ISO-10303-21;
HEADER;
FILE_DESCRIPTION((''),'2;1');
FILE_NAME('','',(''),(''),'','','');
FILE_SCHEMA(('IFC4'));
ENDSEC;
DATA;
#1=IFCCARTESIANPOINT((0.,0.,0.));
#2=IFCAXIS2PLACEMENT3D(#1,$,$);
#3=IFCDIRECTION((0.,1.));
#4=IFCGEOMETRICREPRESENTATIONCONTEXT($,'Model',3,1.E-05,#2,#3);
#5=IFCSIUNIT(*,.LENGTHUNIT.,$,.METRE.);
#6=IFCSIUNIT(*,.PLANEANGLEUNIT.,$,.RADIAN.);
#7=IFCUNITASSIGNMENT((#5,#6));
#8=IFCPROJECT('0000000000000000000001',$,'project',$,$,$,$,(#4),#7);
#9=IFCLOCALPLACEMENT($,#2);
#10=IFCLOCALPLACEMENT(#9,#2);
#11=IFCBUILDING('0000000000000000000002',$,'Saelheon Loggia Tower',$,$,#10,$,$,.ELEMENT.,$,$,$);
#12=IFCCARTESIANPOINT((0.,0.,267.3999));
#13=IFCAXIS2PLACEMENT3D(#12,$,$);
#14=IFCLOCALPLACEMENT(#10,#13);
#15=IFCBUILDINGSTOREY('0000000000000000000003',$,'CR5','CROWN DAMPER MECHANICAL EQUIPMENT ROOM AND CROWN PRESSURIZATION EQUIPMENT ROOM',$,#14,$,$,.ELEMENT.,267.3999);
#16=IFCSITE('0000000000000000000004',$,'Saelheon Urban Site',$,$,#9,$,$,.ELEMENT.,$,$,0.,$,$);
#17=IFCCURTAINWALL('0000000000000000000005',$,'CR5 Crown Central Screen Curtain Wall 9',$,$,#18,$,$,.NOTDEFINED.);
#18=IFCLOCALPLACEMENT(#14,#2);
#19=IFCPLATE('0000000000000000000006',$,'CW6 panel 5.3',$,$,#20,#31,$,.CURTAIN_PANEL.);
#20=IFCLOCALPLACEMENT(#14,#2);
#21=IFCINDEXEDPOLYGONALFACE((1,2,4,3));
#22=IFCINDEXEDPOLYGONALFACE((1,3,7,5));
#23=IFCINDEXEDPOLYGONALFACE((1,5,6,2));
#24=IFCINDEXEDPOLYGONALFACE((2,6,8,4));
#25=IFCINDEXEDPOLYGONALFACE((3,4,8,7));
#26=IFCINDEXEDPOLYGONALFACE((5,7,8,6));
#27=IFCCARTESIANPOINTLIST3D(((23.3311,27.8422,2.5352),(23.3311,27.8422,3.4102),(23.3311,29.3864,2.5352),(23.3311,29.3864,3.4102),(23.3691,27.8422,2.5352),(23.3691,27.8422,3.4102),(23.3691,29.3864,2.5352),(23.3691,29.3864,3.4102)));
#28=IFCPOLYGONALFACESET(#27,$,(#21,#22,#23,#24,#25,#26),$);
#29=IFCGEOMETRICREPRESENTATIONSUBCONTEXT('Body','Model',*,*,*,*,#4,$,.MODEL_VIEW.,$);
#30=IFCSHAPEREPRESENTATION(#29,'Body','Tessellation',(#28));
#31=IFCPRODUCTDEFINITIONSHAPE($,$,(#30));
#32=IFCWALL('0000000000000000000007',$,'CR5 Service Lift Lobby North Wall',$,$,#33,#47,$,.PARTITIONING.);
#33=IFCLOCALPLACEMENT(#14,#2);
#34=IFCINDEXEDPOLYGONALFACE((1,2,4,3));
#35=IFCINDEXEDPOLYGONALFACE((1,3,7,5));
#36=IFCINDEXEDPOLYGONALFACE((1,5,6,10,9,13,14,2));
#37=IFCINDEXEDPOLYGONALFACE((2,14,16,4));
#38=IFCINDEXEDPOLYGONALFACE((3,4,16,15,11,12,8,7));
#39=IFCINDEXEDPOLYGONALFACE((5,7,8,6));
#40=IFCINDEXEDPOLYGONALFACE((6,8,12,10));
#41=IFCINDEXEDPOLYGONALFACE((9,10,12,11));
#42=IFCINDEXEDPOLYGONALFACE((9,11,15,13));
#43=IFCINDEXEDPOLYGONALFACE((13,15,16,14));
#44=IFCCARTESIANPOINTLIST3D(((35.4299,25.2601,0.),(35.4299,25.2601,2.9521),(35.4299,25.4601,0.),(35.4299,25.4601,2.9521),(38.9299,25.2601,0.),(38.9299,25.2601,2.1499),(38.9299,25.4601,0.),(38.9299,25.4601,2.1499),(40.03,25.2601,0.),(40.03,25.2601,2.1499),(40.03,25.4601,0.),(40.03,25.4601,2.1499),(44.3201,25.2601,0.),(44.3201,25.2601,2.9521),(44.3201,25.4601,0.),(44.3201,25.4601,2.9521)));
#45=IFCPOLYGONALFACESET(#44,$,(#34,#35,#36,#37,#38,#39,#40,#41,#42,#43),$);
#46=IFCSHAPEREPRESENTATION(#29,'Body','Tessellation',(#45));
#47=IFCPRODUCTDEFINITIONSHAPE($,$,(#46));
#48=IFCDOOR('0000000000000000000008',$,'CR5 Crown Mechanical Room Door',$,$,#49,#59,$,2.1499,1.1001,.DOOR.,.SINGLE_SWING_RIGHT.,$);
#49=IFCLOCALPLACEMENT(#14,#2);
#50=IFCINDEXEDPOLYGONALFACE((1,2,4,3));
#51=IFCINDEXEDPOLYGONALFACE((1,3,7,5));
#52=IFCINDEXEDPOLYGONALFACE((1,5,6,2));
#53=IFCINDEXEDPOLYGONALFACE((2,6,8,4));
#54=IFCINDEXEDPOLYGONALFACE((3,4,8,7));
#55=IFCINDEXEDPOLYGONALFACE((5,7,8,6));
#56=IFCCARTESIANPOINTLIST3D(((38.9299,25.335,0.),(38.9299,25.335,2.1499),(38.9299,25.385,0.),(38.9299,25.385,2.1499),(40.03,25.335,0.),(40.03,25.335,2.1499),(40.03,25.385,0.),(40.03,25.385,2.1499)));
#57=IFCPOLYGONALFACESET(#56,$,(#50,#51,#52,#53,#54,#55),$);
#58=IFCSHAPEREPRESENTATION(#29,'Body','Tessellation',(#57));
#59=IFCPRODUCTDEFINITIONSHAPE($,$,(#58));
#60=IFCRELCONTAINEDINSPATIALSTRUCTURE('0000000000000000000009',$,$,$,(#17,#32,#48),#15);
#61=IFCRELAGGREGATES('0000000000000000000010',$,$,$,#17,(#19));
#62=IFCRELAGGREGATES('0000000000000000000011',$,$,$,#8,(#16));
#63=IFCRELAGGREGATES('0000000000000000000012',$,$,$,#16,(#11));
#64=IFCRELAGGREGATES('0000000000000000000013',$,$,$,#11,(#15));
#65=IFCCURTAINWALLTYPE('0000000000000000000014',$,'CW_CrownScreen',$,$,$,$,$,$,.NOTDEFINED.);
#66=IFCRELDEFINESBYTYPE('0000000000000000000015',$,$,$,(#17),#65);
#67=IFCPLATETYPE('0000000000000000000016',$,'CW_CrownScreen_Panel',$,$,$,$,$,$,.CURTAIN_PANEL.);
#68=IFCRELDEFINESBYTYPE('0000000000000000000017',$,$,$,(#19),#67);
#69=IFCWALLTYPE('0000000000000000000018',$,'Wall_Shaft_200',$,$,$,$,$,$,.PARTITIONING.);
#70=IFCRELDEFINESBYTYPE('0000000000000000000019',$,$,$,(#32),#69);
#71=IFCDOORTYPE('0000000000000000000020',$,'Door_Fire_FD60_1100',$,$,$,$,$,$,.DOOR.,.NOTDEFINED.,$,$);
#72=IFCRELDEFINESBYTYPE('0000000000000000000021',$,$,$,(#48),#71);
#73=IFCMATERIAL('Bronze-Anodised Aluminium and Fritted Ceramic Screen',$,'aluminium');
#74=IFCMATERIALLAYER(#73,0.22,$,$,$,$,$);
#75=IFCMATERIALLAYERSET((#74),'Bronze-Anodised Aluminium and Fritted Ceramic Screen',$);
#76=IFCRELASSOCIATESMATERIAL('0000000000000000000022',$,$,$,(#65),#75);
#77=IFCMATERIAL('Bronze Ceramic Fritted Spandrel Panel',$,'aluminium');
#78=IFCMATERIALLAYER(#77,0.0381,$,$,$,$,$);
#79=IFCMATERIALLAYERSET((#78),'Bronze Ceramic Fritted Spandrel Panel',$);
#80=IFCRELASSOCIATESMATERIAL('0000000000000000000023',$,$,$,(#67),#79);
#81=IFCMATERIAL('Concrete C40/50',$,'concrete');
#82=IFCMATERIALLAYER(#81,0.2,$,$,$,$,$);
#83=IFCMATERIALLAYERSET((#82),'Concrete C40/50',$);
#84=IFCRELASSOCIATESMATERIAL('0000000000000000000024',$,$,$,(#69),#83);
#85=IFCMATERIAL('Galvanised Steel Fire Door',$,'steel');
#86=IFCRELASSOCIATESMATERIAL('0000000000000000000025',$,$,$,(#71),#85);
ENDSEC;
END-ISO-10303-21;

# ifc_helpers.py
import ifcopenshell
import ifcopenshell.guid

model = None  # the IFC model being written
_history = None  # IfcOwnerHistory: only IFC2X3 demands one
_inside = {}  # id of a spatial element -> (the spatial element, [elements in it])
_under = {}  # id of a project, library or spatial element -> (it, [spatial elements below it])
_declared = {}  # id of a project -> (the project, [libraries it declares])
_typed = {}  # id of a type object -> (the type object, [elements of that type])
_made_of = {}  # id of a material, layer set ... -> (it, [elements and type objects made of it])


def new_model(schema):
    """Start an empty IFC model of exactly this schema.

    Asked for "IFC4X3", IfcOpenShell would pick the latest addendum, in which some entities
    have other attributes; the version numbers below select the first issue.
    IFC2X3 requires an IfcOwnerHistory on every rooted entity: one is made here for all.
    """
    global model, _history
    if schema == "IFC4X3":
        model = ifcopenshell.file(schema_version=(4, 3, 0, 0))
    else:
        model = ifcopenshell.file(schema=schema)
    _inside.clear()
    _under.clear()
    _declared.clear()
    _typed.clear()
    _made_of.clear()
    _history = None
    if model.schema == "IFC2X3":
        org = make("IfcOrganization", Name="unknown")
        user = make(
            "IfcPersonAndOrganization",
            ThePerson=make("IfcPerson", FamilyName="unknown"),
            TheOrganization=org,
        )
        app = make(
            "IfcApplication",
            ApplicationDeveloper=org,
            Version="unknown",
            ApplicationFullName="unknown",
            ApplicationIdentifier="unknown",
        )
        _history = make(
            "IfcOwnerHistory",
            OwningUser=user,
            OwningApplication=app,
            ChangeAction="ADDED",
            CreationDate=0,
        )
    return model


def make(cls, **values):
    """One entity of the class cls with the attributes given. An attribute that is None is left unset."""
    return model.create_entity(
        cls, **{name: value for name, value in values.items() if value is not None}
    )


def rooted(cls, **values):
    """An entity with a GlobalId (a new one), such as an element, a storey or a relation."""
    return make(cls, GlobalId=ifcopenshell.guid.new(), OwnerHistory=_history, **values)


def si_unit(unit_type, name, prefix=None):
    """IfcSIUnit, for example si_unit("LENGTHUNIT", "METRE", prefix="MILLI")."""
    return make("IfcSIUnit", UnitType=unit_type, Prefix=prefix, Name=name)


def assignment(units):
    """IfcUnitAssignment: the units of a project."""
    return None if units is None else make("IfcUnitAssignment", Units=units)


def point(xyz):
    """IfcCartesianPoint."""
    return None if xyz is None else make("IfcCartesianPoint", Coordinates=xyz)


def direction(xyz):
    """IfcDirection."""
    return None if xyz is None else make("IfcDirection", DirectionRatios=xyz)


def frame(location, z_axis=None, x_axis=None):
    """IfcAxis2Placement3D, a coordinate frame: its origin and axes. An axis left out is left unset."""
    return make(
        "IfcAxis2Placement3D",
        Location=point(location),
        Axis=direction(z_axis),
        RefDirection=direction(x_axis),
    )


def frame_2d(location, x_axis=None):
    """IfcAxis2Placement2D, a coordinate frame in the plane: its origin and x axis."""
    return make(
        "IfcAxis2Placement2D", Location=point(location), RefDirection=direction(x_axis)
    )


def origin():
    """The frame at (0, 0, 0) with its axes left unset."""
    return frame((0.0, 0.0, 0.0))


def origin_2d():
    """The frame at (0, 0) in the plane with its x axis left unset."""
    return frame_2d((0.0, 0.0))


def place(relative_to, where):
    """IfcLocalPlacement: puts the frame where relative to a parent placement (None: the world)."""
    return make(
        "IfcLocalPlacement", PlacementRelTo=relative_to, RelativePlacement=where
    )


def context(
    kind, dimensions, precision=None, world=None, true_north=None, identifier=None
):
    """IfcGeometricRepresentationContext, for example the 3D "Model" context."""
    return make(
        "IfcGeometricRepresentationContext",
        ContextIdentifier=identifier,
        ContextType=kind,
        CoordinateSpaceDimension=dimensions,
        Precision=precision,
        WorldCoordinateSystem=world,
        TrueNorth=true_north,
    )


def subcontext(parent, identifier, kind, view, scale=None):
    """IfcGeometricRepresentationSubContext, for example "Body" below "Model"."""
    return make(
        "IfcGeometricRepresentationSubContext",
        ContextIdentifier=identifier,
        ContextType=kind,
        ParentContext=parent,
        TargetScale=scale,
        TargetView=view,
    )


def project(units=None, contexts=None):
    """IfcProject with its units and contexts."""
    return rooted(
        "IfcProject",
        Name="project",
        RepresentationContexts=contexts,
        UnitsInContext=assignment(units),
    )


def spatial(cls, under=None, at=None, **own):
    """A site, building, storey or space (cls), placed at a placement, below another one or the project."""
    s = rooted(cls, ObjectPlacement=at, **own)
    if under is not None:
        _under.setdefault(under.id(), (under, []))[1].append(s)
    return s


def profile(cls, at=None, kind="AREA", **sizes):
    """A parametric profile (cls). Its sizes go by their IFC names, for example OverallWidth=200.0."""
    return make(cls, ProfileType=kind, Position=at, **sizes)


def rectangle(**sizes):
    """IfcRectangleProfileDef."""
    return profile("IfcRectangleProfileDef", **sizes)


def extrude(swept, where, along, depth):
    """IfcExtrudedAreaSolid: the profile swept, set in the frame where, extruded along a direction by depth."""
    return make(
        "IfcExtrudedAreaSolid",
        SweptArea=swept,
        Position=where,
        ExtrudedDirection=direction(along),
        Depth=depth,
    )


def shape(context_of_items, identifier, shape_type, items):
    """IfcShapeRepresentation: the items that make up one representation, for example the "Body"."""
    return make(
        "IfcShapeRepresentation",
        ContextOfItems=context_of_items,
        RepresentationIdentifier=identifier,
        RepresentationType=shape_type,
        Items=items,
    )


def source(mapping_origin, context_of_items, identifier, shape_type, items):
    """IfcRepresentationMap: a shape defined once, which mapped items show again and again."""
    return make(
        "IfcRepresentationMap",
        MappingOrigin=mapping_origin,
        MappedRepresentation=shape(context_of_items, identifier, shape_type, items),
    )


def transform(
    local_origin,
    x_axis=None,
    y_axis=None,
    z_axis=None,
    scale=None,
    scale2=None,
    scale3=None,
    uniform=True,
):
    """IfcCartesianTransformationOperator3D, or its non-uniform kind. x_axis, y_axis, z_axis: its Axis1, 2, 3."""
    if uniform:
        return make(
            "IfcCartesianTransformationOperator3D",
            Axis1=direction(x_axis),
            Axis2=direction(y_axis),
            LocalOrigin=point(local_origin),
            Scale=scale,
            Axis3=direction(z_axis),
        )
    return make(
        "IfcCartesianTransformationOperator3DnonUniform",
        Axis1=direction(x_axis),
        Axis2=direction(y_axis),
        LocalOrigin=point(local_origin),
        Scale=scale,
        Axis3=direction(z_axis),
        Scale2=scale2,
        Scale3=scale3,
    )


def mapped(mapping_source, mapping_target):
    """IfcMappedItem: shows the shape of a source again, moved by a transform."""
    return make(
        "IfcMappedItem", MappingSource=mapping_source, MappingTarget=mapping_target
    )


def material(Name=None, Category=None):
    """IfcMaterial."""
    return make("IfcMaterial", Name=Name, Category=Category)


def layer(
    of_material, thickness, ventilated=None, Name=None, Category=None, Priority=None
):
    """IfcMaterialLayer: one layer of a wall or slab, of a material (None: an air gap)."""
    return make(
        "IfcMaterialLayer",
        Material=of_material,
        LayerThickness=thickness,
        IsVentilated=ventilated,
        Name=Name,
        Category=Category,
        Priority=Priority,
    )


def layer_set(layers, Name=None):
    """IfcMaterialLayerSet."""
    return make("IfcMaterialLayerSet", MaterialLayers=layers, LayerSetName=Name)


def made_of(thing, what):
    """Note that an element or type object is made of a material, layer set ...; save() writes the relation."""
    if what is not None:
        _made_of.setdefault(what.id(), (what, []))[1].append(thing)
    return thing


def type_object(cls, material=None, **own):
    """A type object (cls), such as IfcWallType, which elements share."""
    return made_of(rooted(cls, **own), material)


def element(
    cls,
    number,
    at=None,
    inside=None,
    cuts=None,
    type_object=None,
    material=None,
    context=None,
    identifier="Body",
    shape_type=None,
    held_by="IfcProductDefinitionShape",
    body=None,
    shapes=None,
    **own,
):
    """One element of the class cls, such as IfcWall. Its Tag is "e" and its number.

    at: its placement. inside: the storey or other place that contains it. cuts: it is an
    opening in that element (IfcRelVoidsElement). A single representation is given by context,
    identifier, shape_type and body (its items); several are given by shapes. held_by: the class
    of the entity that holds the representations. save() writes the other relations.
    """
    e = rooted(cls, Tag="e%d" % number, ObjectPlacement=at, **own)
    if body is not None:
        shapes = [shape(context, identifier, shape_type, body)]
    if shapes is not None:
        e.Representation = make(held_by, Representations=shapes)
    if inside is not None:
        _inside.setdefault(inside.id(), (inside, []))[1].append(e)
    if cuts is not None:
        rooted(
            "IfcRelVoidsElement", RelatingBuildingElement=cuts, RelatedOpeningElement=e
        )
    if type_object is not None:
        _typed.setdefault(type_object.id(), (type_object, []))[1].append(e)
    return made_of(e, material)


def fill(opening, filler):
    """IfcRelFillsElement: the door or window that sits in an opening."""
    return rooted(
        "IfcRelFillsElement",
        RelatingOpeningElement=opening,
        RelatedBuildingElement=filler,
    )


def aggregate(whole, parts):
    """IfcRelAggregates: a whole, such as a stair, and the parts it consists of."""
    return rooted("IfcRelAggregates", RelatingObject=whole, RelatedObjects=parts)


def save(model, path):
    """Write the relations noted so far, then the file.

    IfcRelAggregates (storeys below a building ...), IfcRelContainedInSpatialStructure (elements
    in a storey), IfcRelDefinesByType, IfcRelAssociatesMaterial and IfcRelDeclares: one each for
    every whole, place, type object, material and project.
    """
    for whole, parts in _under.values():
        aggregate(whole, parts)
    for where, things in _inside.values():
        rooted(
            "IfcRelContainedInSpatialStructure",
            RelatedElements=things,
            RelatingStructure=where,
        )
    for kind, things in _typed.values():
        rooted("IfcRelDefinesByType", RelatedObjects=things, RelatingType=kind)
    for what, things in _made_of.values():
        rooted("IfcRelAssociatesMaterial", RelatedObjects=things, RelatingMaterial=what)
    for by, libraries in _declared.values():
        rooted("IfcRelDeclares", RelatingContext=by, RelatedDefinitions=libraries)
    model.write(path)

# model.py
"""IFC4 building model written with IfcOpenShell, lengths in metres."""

from ifc_helpers import new_model, si_unit, direction, frame, frame_2d, origin, origin_2d, place, context, subcontext, project, spatial, rectangle, extrude, source, transform, mapped, material, layer, layer_set, type_object, element, fill, aggregate, save


model = new_model("IFC4")

# Units and contexts
model_context = context("Model", 3, precision=1e-05, world=origin(), true_north=direction((0.0, 1.0)))
body_context = subcontext(model_context, "Body", "Model", "MODEL_VIEW")
ifc_project = project(units=[si_unit("LENGTHUNIT", "METRE"), si_unit("PLANEANGLEUNIT", "RADIAN")], contexts=[model_context])

# Site, building, storey
site_placement = place(None, origin())
site = spatial("IfcSite", under=ifc_project, at=site_placement, Name="Saelheon Urban Site", CompositionType="ELEMENT", RefElevation=0.0)
building_placement = place(site_placement, origin())
building = spatial("IfcBuilding", under=site, at=building_placement, Name="Saelheon Loggia Tower", CompositionType="ELEMENT")
storey_placement = place(building_placement, frame((0.0, 0.0, 267.3999)))
storey = spatial("IfcBuildingStorey", under=building, at=storey_placement, Name="CR5", Description="CROWN DAMPER MECHANICAL EQUIPMENT ROOM AND CROWN PRESSURIZATION EQUIPMENT ROOM", CompositionType="ELEMENT", Elevation=267.3999)

# Curtain wall, plate
ifc_material_1 = material(Name="Bronze-Anodised Aluminium and Fritted Ceramic Screen", Category="aluminium")
ifc_layer_1 = layer(ifc_material_1, 0.22)
ifc_layer_set_1 = layer_set([ifc_layer_1], Name="Bronze-Anodised Aluminium and Fritted Ceramic Screen")
curtain_wall_type = type_object("IfcCurtainWallType", Name="CW_CrownScreen", PredefinedType="NOTDEFINED", material=ifc_layer_set_1)
curtain_wall_placement = place(storey_placement, origin())
curtain_wall = element("IfcCurtainWall", 1, at=curtain_wall_placement, inside=storey, type_object=curtain_wall_type, Name="CR5 Crown Central Screen Curtain Wall 9", PredefinedType="NOTDEFINED")
ifc_material_2 = material(Name="Bronze Ceramic Fritted Spandrel Panel", Category="aluminium")
ifc_layer_2 = layer(ifc_material_2, 0.0381)
ifc_layer_set_2 = layer_set([ifc_layer_2], Name="Bronze Ceramic Fritted Spandrel Panel")
plate_type = type_object("IfcPlateType", Name="CW_CrownScreen_Panel", PredefinedType="CURTAIN_PANEL", material=ifc_layer_set_2)
shared_shape_1 = source(origin(), body_context, "Body", "SweptSolid", [
    extrude(rectangle(XDim=1.5442, YDim=0.0381, at=origin_2d()), origin(), (0.0, 0.0, 1.0), 0.875),
])
plate_1_placement = place(storey_placement, frame((23.3501, 28.6143, 2.5352), z_axis=(0.0, 0.0, 1.0), x_axis=(0.0, 1.0, 0.0)))
plate_1 = element("IfcPlate", 2, at=plate_1_placement, type_object=plate_type, Name="CW6 panel 5.3", PredefinedType="CURTAIN_PANEL", context=body_context, shape_type="MappedRepresentation", body=[
    mapped(shared_shape_1, transform((0.0, 0.0, 0.0), scale=1.0)),
])
aggregate(curtain_wall, [plate_1])

# Wall, opening, door
ifc_material_3 = material(Name="Concrete C40/50", Category="concrete")
ifc_layer_3 = layer(ifc_material_3, 0.2)
ifc_layer_set_3 = layer_set([ifc_layer_3], Name="Concrete C40/50")
wall_type = type_object("IfcWallType", Name="Wall_Shaft_200", PredefinedType="PARTITIONING", material=ifc_layer_set_3)
wall_placement = place(storey_placement, frame((35.4299, 25.3601, 0.0), z_axis=(0.0, 0.0, 1.0), x_axis=(1.0, 0.0, 0.0)))
wall = element("IfcWall", 3, at=wall_placement, inside=storey, type_object=wall_type, Name="CR5 Service Lift Lobby North Wall", PredefinedType="PARTITIONING", context=body_context, shape_type="SweptSolid", body=[
    extrude(rectangle(XDim=8.8901, YDim=0.2, at=frame_2d((4.4451, 0.0))), origin(), (0.0, 0.0, 1.0), 2.9521),
])
opening_placement = place(wall_placement, frame((3.5, 0.0, 0.0)))
opening = element("IfcOpeningElement", 4, at=opening_placement, cuts=wall, PredefinedType="OPENING", context=body_context, shape_type="SweptSolid", body=[
    extrude(rectangle(XDim=1.1001, YDim=2.1499, at=frame_2d((0.55, 1.075))), frame((0.0, 0.1121, 0.0), z_axis=(0.0, -1.0, 0.0), x_axis=(1.0, 0.0, 0.0)), (0.0, 0.0, 1.0), 0.2239),
])
ifc_material_4 = material(Name="Galvanised Steel Fire Door", Category="steel")
door_type = type_object("IfcDoorType", Name="Door_Fire_FD60_1100", OperationType="NOTDEFINED", PredefinedType="DOOR", material=ifc_material_4)
shared_shape_2 = source(origin(), body_context, "Body", "SweptSolid", [
    extrude(rectangle(XDim=1.1001, YDim=2.1499, at=frame_2d((0.55, 1.075))), frame((0.0, 0.0249, 0.0), z_axis=(0.0, -1.0, 0.0), x_axis=(1.0, 0.0, 0.0)), (0.0, 0.0, 1.0), 0.05),
])
door_placement = place(opening_placement, origin())
door = element("IfcDoor", 5, at=door_placement, inside=storey, type_object=door_type, Name="CR5 Crown Mechanical Room Door", OperationType="SINGLE_SWING_RIGHT", OverallHeight=2.1499, OverallWidth=1.1001, PredefinedType="DOOR", context=body_context, shape_type="MappedRepresentation", body=[
    mapped(shared_shape_2, transform((0.0, 0.0, 0.0), scale=1.0)),
])
fill(opening, door)

save(model, "model.ifc")
